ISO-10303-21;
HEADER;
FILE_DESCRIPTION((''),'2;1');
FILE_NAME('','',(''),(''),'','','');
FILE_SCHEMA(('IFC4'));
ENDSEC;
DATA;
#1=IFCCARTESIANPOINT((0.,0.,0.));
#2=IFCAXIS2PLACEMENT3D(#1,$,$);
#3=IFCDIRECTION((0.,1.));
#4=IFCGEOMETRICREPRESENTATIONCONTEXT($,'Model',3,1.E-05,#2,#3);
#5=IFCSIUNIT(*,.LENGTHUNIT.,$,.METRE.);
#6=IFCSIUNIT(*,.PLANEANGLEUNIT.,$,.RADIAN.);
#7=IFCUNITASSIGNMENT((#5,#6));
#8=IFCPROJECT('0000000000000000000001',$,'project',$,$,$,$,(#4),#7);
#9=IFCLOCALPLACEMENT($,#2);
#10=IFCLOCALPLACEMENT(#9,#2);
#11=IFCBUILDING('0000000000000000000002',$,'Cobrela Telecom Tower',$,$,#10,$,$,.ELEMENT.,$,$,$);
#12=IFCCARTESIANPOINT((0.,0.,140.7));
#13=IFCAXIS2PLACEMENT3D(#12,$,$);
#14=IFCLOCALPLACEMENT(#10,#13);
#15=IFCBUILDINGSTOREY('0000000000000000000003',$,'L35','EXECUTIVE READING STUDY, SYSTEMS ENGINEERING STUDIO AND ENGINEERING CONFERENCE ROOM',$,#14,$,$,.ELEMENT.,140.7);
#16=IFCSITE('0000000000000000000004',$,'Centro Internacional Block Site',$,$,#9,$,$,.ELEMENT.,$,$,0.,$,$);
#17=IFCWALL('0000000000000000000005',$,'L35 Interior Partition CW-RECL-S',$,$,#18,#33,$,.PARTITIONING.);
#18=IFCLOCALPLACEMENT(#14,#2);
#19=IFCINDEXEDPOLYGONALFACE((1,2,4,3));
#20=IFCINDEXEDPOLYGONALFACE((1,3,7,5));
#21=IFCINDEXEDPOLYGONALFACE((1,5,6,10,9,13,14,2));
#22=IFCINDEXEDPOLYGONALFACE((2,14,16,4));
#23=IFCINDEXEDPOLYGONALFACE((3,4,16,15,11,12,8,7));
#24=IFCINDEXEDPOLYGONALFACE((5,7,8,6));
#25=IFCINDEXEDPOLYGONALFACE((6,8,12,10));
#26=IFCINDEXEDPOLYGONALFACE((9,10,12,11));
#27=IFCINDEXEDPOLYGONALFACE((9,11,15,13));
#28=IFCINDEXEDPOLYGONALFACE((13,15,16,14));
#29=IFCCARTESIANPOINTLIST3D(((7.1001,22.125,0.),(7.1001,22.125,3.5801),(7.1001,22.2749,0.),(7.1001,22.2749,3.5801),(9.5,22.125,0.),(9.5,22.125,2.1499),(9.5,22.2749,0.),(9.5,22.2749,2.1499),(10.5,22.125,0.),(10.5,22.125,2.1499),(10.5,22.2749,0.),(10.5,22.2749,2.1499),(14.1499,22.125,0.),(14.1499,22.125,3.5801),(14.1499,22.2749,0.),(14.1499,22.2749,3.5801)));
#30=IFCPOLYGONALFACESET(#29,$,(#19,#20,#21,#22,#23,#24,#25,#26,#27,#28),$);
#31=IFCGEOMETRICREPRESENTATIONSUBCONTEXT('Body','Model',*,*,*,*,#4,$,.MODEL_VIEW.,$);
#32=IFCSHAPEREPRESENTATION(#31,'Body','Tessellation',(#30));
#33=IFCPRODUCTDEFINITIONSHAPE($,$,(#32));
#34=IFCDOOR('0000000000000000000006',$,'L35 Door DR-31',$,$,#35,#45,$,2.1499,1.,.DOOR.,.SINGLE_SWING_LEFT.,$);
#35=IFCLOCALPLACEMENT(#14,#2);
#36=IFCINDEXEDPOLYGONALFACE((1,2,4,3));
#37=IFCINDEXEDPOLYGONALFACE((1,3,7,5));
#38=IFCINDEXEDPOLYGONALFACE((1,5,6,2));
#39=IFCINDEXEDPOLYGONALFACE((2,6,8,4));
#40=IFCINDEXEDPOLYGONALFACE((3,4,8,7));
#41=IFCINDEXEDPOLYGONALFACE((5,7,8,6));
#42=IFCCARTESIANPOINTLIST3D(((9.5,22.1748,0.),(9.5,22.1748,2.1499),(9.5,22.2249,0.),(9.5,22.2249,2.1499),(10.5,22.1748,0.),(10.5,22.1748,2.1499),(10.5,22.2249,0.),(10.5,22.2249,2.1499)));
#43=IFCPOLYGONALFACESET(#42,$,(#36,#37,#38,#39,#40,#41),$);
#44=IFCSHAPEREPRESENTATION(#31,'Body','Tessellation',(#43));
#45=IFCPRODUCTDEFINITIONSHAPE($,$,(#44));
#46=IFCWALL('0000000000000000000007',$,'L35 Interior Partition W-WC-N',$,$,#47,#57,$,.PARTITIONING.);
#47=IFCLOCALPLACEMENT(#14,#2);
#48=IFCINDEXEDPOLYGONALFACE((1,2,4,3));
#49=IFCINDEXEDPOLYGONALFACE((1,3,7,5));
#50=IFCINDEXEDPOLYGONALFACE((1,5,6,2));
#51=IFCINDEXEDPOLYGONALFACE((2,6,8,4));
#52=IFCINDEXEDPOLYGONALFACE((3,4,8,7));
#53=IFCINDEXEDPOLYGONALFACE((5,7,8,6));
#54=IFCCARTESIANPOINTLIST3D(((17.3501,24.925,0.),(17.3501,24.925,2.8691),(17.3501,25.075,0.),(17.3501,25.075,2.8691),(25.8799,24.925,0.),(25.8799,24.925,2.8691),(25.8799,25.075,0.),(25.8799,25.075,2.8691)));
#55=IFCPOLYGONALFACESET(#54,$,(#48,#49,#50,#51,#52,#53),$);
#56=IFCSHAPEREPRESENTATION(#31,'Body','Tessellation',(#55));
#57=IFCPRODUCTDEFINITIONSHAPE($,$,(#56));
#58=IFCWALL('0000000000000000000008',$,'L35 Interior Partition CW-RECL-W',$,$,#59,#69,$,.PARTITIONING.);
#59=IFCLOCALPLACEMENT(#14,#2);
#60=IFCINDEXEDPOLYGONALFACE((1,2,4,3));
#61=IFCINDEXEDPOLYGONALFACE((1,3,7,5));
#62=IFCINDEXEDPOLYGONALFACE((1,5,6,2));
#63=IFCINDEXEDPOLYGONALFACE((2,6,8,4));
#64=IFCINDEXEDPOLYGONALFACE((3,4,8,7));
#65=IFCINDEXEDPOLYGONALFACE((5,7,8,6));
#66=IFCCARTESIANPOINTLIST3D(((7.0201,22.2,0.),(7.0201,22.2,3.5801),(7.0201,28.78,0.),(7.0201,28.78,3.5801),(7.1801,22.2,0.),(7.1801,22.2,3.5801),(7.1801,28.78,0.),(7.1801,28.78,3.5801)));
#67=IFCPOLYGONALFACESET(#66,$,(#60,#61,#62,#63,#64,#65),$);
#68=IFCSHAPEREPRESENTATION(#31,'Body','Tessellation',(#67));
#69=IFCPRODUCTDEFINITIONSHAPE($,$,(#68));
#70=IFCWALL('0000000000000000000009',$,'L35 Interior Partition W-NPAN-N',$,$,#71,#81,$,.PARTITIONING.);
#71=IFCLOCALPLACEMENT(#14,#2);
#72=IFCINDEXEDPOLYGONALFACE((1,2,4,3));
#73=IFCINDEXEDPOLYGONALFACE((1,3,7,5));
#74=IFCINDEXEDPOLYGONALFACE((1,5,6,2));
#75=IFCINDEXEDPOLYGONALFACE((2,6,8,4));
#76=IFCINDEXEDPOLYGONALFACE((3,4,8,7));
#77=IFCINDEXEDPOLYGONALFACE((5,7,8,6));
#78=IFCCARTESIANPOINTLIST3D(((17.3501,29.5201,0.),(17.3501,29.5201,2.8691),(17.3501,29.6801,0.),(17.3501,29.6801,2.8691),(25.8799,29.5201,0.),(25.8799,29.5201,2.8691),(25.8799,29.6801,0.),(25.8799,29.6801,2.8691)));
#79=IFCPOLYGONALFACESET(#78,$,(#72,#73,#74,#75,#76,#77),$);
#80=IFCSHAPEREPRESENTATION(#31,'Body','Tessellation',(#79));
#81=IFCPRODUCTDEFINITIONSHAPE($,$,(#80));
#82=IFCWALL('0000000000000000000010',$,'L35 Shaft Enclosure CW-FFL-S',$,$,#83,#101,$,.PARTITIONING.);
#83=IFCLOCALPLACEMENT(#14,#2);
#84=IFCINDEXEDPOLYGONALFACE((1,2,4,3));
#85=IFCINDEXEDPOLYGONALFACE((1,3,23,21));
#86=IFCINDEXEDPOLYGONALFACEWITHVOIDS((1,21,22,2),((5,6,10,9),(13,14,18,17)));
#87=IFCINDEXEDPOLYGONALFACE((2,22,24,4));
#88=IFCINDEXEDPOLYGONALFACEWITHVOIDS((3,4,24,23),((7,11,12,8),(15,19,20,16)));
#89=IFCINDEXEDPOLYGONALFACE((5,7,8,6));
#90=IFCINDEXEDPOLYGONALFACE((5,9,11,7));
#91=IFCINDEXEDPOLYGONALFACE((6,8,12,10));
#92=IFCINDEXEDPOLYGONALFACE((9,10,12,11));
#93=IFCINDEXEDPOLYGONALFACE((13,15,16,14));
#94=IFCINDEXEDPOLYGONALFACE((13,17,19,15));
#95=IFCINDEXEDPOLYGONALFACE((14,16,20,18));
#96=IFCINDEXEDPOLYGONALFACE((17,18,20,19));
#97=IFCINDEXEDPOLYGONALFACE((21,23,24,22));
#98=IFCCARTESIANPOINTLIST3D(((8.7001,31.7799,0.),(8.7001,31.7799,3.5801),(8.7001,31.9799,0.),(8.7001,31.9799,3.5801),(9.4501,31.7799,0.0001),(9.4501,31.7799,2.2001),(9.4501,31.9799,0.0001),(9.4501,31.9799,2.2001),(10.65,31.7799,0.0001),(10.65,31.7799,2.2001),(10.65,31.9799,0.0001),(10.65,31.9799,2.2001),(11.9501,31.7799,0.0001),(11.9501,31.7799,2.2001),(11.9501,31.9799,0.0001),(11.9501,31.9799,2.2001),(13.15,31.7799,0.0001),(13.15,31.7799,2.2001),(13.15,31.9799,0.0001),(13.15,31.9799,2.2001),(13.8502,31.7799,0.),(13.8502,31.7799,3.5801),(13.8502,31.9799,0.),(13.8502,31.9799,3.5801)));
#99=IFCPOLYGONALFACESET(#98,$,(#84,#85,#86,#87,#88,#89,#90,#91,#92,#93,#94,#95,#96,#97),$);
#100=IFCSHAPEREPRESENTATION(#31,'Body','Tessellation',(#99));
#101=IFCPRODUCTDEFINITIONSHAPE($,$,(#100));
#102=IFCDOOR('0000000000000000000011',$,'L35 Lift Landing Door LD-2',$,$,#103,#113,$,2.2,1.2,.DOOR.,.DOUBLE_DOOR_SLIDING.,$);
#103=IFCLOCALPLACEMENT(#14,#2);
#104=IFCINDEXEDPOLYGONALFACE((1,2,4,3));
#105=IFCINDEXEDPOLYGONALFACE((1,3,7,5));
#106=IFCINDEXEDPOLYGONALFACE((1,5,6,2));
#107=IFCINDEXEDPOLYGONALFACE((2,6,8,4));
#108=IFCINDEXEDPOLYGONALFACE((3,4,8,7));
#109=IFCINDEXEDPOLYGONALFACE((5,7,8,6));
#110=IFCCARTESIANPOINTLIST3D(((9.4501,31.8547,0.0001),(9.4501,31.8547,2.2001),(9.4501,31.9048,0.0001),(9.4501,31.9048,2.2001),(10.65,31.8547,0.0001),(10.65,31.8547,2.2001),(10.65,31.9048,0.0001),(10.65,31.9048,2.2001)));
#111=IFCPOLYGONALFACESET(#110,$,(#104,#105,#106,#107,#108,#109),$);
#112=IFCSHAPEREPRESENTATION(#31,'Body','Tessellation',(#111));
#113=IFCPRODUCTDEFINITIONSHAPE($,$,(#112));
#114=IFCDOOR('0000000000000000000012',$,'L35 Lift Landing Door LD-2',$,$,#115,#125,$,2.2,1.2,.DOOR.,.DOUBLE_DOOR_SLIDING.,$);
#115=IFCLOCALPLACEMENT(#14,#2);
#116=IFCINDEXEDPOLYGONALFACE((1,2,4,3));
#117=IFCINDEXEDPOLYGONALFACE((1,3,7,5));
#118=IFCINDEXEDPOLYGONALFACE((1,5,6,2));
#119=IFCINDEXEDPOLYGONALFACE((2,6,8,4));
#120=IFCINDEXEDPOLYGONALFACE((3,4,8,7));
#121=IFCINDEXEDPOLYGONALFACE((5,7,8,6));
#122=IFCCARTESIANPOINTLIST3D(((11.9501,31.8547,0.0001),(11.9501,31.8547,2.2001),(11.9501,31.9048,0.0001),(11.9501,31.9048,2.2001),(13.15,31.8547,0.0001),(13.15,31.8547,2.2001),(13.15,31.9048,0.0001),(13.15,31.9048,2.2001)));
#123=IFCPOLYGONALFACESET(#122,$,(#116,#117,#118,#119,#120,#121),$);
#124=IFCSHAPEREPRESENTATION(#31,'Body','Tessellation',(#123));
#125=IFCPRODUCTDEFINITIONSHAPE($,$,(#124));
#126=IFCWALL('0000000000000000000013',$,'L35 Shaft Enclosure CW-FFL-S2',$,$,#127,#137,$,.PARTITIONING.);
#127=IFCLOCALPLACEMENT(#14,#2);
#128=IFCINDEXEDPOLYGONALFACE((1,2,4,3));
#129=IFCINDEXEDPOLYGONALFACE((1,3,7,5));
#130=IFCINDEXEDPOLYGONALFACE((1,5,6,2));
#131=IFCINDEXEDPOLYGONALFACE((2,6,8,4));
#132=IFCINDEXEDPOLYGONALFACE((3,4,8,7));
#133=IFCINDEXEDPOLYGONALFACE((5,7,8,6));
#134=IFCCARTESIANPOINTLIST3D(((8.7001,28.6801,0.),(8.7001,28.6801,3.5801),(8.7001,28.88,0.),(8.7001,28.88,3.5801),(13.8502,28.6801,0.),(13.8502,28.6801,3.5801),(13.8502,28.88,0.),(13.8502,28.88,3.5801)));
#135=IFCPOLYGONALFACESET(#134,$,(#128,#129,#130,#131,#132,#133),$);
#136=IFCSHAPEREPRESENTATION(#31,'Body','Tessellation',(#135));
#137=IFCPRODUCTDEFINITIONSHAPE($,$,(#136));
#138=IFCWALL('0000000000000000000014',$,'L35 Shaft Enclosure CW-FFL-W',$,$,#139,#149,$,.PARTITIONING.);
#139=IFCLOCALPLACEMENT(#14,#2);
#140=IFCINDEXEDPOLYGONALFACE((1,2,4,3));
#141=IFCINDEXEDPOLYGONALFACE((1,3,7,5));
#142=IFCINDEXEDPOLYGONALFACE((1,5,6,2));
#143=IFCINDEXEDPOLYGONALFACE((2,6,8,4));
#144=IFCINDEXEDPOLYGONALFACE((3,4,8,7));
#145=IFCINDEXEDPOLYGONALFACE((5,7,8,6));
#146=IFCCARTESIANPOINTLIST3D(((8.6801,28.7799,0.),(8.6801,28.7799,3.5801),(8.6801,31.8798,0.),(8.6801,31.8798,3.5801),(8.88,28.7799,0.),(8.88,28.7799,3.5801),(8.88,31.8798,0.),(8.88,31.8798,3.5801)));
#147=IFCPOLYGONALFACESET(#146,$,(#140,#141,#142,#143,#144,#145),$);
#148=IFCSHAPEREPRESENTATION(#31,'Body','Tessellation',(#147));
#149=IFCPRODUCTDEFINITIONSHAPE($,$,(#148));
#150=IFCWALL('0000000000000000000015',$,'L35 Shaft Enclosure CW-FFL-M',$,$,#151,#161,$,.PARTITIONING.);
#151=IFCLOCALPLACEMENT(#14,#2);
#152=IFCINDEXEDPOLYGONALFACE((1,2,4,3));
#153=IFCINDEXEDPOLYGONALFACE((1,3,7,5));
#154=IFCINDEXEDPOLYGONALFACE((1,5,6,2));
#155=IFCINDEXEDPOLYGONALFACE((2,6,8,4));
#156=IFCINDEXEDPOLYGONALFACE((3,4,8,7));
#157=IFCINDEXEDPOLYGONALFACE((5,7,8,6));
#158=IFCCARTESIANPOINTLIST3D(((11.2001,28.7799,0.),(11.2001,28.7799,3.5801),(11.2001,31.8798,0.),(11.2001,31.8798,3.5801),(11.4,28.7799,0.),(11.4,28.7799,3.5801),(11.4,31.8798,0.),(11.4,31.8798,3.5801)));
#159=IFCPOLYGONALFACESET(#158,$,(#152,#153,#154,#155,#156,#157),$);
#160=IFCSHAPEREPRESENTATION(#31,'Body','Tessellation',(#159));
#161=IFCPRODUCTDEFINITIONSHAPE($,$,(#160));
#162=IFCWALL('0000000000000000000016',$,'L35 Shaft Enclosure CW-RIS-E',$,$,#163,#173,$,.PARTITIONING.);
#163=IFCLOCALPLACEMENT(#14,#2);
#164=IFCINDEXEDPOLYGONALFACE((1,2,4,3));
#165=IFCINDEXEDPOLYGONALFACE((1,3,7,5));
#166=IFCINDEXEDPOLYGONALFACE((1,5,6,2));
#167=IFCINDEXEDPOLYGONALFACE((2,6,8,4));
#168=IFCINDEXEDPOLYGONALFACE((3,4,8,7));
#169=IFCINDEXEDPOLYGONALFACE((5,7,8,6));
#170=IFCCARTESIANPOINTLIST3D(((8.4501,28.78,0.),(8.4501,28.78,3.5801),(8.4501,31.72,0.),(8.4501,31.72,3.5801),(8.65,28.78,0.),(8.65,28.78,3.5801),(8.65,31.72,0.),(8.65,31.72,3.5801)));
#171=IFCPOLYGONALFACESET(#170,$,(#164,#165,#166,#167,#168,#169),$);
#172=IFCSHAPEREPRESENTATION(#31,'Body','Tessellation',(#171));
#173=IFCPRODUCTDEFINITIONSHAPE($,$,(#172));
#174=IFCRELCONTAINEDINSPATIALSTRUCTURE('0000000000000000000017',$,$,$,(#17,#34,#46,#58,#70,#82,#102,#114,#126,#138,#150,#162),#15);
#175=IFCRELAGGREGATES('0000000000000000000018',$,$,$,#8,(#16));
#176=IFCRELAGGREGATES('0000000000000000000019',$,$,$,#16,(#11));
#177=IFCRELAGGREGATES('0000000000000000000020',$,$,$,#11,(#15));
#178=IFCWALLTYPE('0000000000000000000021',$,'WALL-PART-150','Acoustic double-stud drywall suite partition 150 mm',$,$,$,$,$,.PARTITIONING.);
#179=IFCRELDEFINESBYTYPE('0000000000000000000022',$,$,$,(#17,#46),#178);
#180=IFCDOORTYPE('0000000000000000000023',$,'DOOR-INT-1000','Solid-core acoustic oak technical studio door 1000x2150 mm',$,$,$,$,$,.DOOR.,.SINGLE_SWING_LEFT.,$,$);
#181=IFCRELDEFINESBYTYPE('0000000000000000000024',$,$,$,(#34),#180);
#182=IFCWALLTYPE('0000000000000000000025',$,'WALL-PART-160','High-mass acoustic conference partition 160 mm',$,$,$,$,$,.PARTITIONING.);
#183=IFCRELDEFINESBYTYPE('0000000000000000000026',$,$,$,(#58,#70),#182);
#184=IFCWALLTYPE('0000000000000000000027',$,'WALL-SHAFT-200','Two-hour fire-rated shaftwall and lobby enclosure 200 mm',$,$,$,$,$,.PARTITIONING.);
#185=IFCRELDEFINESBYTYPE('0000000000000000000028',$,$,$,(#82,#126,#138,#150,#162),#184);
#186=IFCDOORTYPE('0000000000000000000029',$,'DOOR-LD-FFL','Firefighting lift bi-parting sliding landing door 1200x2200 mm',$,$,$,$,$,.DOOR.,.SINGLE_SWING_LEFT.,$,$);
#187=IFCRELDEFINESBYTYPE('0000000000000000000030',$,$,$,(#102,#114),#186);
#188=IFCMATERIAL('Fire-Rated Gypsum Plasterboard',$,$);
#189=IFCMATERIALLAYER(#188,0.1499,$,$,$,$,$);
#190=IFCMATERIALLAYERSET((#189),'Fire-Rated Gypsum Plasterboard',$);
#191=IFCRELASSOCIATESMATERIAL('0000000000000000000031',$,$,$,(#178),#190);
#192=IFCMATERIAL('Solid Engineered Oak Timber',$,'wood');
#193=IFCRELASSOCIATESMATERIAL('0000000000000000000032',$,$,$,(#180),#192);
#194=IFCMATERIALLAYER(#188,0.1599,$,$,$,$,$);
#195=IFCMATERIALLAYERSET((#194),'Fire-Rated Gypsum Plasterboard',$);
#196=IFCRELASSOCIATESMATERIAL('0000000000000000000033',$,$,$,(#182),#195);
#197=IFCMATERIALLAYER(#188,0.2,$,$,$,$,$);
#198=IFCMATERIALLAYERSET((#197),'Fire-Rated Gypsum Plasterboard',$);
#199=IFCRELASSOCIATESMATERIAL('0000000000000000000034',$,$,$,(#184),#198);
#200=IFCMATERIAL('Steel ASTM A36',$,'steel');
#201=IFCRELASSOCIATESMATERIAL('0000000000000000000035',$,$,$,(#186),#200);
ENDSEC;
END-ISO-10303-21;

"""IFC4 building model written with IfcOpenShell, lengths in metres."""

from ifc_helpers import new_model, si_unit, direction, frame, frame_2d, origin, place, context, subcontext, project, spatial, rectangle, extrude, material, layer, layer_set, type_object, element, fill, save


model = new_model("IFC4")

# Units and contexts
model_context = context("Model", 3, precision=1e-05, world=origin(), true_north=direction((0.0, 1.0)))
body_context = subcontext(model_context, "Body", "Model", "MODEL_VIEW")
ifc_project = project(units=[si_unit("LENGTHUNIT", "METRE"), si_unit("PLANEANGLEUNIT", "RADIAN")], contexts=[model_context])

# Site, building, storey
site_placement = place(None, origin())
site = spatial("IfcSite", under=ifc_project, at=site_placement, Name="Centro Internacional Block Site", CompositionType="ELEMENT", RefElevation=0.0)
building_placement = place(site_placement, origin())
building = spatial("IfcBuilding", under=site, at=building_placement, Name="Cobrela Telecom Tower", CompositionType="ELEMENT")
storey_placement = place(building_placement, frame((0.0, 0.0, 140.7)))
storey = spatial("IfcBuildingStorey", under=building, at=storey_placement, Name="L35", Description="EXECUTIVE READING STUDY, SYSTEMS ENGINEERING STUDIO AND ENGINEERING CONFERENCE ROOM", CompositionType="ELEMENT", Elevation=140.7)

# Shared definitions
ifc_material_1 = material(Name="Steel ASTM A36", Category="steel")

# Wall, opening, door
ifc_material_2 = material(Name="Fire-Rated Gypsum Plasterboard")
ifc_layer_1 = layer(ifc_material_2, 0.1499)
ifc_layer_set_1 = layer_set([ifc_layer_1], Name="Fire-Rated Gypsum Plasterboard")
wall_type_1 = type_object("IfcWallType", Name="WALL-PART-150", Description="Acoustic double-stud drywall suite partition 150 mm", PredefinedType="PARTITIONING", material=ifc_layer_set_1)
wall_1_placement = place(storey_placement, frame((7.1001, 22.2, 0.0), z_axis=(0.0, 0.0, 1.0), x_axis=(1.0, 0.0, 0.0)))
wall_1 = element("IfcWall", 1, at=wall_1_placement, inside=storey, type_object=wall_type_1, Name="L35 Interior Partition CW-RECL-S", PredefinedType="PARTITIONING", context=body_context, shape_type="SweptSolid", body=[
    extrude(rectangle(XDim=7.0498, YDim=0.1499, at=frame_2d((3.5249, 0.0))), origin(), (0.0, 0.0, 1.0), 3.5801),
])
opening_1_placement = place(wall_1_placement, frame((2.3999, 0.0, 0.0)))
opening_1 = element("IfcOpeningElement", 2, at=opening_1_placement, cuts=wall_1, PredefinedType="OPENING", context=body_context, shape_type="SweptSolid", body=[
    extrude(rectangle(XDim=1.0, YDim=2.1499, at=frame_2d((0.5, 1.075))), frame((0.0, 0.0869, 0.0), z_axis=(0.0, -1.0, 0.0), x_axis=(1.0, 0.0, 0.0)), (0.0, 0.0, 1.0), 0.1738),
])
ifc_material_3 = material(Name="Solid Engineered Oak Timber", Category="wood")
door_type_1 = type_object("IfcDoorType", Name="DOOR-INT-1000", Description="Solid-core acoustic oak technical studio door 1000x2150 mm", OperationType="SINGLE_SWING_LEFT", PredefinedType="DOOR", material=ifc_material_3)
door_1_placement = place(opening_1_placement, origin())
door_1 = element("IfcDoor", 3, at=door_1_placement, inside=storey, type_object=door_type_1, Name="L35 Door DR-31", OperationType="SINGLE_SWING_LEFT", OverallHeight=2.1499, OverallWidth=1.0, PredefinedType="DOOR", context=body_context, shape_type="SweptSolid", body=[
    extrude(rectangle(XDim=1.0, YDim=2.1499, at=frame_2d((0.5, 1.075))), frame((0.0, 0.0249, 0.0), z_axis=(0.0, -1.0, 0.0), x_axis=(1.0, 0.0, 0.0)), (0.0, 0.0, 1.0), 0.05),
])
fill(opening_1, door_1)

# Walls
wall_2_placement = place(storey_placement, frame((17.3501, 25.0, 0.0), z_axis=(0.0, 0.0, 1.0), x_axis=(1.0, 0.0, 0.0)))
element("IfcWall", 4, at=wall_2_placement, inside=storey, type_object=wall_type_1, Name="L35 Interior Partition W-WC-N", PredefinedType="PARTITIONING", context=body_context, shape_type="SweptSolid", body=[
    extrude(rectangle(XDim=8.5298, YDim=0.1499, at=frame_2d((4.2649, 0.0))), origin(), (0.0, 0.0, 1.0), 2.8691),
])
ifc_layer_2 = layer(ifc_material_2, 0.1599)
ifc_layer_set_2 = layer_set([ifc_layer_2], Name="Fire-Rated Gypsum Plasterboard")
wall_type_2 = type_object("IfcWallType", Name="WALL-PART-160", Description="High-mass acoustic conference partition 160 mm", PredefinedType="PARTITIONING", material=ifc_layer_set_2)
wall_3_placement = place(storey_placement, frame((7.1001, 22.2, 0.0), z_axis=(0.0, 0.0, 1.0), x_axis=(0.0, 1.0, 0.0)))
element("IfcWall", 5, at=wall_3_placement, inside=storey, type_object=wall_type_2, Name="L35 Interior Partition CW-RECL-W", PredefinedType="PARTITIONING", context=body_context, shape_type="SweptSolid", body=[
    extrude(rectangle(XDim=6.5801, YDim=0.1599, at=frame_2d((3.29, 0.0))), origin(), (0.0, 0.0, 1.0), 3.5801),
])
wall_4_placement = place(storey_placement, frame((17.3501, 29.6001, 0.0), z_axis=(0.0, 0.0, 1.0), x_axis=(1.0, 0.0, 0.0)))
element("IfcWall", 6, at=wall_4_placement, inside=storey, type_object=wall_type_2, Name="L35 Interior Partition W-NPAN-N", PredefinedType="PARTITIONING", context=body_context, shape_type="SweptSolid", body=[
    extrude(rectangle(XDim=8.5298, YDim=0.1599, at=frame_2d((4.2649, 0.0))), origin(), (0.0, 0.0, 1.0), 2.8691),
])

# Wall, openings, doors
ifc_layer_3 = layer(ifc_material_2, 0.2)
ifc_layer_set_3 = layer_set([ifc_layer_3], Name="Fire-Rated Gypsum Plasterboard")
wall_type_3 = type_object("IfcWallType", Name="WALL-SHAFT-200", Description="Two-hour fire-rated shaftwall and lobby enclosure 200 mm", PredefinedType="PARTITIONING", material=ifc_layer_set_3)
wall_5_placement = place(storey_placement, frame((8.7, 31.8799, 0.0), z_axis=(0.0, 0.0, 1.0), x_axis=(1.0, 0.0, 0.0)))
wall_5 = element("IfcWall", 7, at=wall_5_placement, inside=storey, type_object=wall_type_3, Name="L35 Shaft Enclosure CW-FFL-S", PredefinedType="PARTITIONING", context=body_context, shape_type="SweptSolid", body=[
    extrude(rectangle(XDim=5.1501, YDim=0.2, at=frame_2d((2.5752, 0.0))), origin(), (0.0, 0.0, 1.0), 3.5801),
])
opening_2_placement = place(wall_5_placement, frame((0.75, 0.0, 0.0)))
opening_2 = element("IfcOpeningElement", 8, at=opening_2_placement, cuts=wall_5, PredefinedType="OPENING", context=body_context, shape_type="SweptSolid", body=[
    extrude(rectangle(XDim=1.2, YDim=2.2, at=frame_2d((0.6001, 1.1001))), frame((0.0, 0.1118, 0.0), z_axis=(0.0, -1.0, 0.0), x_axis=(1.0, 0.0, 0.0)), (0.0, 0.0, 1.0), 0.2239),
])
opening_3_placement = place(wall_5_placement, frame((3.25, 0.0, 0.0)))
opening_3 = element("IfcOpeningElement", 9, at=opening_3_placement, cuts=wall_5, PredefinedType="OPENING", context=body_context, shape_type="SweptSolid", body=[
    extrude(rectangle(XDim=1.2, YDim=2.2, at=frame_2d((0.6001, 1.1001))), frame((0.0, 0.1118, 0.0), z_axis=(0.0, -1.0, 0.0), x_axis=(1.0, 0.0, 0.0)), (0.0, 0.0, 1.0), 0.2239),
])
door_type_2 = type_object("IfcDoorType", Name="DOOR-LD-FFL", Description="Firefighting lift bi-parting sliding landing door 1200x2200 mm", OperationType="SINGLE_SWING_LEFT", PredefinedType="DOOR", material=ifc_material_1)
door_2_placement = place(opening_2_placement, origin())
door_2 = element("IfcDoor", 10, at=door_2_placement, inside=storey, type_object=door_type_2, Name="L35 Lift Landing Door LD-2", OperationType="DOUBLE_DOOR_SLIDING", OverallHeight=2.2, OverallWidth=1.2, PredefinedType="DOOR", context=body_context, shape_type="SweptSolid", body=[
    extrude(rectangle(XDim=1.2, YDim=2.2, at=frame_2d((0.6001, 1.1001))), frame((0.0, 0.0249, 0.0), z_axis=(0.0, -1.0, 0.0), x_axis=(1.0, 0.0, 0.0)), (0.0, 0.0, 1.0), 0.05),
])
fill(opening_2, door_2)
door_3_placement = place(opening_3_placement, origin())
door_3 = element("IfcDoor", 11, at=door_3_placement, inside=storey, type_object=door_type_2, Name="L35 Lift Landing Door LD-2", OperationType="DOUBLE_DOOR_SLIDING", OverallHeight=2.2, OverallWidth=1.2, PredefinedType="DOOR", context=body_context, shape_type="SweptSolid", body=[
    extrude(rectangle(XDim=1.2, YDim=2.2, at=frame_2d((0.6001, 1.1001))), frame((0.0, 0.0249, 0.0), z_axis=(0.0, -1.0, 0.0), x_axis=(1.0, 0.0, 0.0)), (0.0, 0.0, 1.0), 0.05),
])
fill(opening_3, door_3)

# Walls
wall_6_placement = place(storey_placement, frame((8.7, 28.78, 0.0), z_axis=(0.0, 0.0, 1.0), x_axis=(1.0, 0.0, 0.0)))
element("IfcWall", 12, at=wall_6_placement, inside=storey, type_object=wall_type_3, Name="L35 Shaft Enclosure CW-FFL-S2", PredefinedType="PARTITIONING", context=body_context, shape_type="SweptSolid", body=[
    extrude(rectangle(XDim=5.1501, YDim=0.2, at=frame_2d((2.5752, 0.0))), origin(), (0.0, 0.0, 1.0), 3.5801),
])
for number, where, z_axis, x_axis, name in (
    (13, (8.78, 28.78, 0.0), (0.0, 0.0, 1.0), (0.0, 1.0, 0.0), "L35 Shaft Enclosure CW-FFL-W"),
    (14, (11.3, 28.78, 0.0), (0.0, 0.0, 1.0), (0.0, 1.0, 0.0), "L35 Shaft Enclosure CW-FFL-M"),
):
    element("IfcWall", number, at=place(storey_placement, frame(where, z_axis=z_axis, x_axis=x_axis)), inside=storey, type_object=wall_type_3, Name=name, PredefinedType="PARTITIONING", context=body_context, shape_type="SweptSolid", body=[
        extrude(rectangle(XDim=3.0999, YDim=0.2, at=frame_2d((1.5498, 0.0))), origin(), (0.0, 0.0, 1.0), 3.5801),
    ])
wall_7_placement = place(storey_placement, frame((8.55, 28.78, 0.0), z_axis=(0.0, 0.0, 1.0), x_axis=(0.0, 1.0, 0.0)))
element("IfcWall", 15, at=wall_7_placement, inside=storey, type_object=wall_type_3, Name="L35 Shaft Enclosure CW-RIS-E", PredefinedType="PARTITIONING", context=body_context, shape_type="SweptSolid", body=[
    extrude(rectangle(XDim=2.9399, YDim=0.2, at=frame_2d((1.47, 0.0))), origin(), (0.0, 0.0, 1.0), 3.5801),
])

save(model, "model.ifc")
